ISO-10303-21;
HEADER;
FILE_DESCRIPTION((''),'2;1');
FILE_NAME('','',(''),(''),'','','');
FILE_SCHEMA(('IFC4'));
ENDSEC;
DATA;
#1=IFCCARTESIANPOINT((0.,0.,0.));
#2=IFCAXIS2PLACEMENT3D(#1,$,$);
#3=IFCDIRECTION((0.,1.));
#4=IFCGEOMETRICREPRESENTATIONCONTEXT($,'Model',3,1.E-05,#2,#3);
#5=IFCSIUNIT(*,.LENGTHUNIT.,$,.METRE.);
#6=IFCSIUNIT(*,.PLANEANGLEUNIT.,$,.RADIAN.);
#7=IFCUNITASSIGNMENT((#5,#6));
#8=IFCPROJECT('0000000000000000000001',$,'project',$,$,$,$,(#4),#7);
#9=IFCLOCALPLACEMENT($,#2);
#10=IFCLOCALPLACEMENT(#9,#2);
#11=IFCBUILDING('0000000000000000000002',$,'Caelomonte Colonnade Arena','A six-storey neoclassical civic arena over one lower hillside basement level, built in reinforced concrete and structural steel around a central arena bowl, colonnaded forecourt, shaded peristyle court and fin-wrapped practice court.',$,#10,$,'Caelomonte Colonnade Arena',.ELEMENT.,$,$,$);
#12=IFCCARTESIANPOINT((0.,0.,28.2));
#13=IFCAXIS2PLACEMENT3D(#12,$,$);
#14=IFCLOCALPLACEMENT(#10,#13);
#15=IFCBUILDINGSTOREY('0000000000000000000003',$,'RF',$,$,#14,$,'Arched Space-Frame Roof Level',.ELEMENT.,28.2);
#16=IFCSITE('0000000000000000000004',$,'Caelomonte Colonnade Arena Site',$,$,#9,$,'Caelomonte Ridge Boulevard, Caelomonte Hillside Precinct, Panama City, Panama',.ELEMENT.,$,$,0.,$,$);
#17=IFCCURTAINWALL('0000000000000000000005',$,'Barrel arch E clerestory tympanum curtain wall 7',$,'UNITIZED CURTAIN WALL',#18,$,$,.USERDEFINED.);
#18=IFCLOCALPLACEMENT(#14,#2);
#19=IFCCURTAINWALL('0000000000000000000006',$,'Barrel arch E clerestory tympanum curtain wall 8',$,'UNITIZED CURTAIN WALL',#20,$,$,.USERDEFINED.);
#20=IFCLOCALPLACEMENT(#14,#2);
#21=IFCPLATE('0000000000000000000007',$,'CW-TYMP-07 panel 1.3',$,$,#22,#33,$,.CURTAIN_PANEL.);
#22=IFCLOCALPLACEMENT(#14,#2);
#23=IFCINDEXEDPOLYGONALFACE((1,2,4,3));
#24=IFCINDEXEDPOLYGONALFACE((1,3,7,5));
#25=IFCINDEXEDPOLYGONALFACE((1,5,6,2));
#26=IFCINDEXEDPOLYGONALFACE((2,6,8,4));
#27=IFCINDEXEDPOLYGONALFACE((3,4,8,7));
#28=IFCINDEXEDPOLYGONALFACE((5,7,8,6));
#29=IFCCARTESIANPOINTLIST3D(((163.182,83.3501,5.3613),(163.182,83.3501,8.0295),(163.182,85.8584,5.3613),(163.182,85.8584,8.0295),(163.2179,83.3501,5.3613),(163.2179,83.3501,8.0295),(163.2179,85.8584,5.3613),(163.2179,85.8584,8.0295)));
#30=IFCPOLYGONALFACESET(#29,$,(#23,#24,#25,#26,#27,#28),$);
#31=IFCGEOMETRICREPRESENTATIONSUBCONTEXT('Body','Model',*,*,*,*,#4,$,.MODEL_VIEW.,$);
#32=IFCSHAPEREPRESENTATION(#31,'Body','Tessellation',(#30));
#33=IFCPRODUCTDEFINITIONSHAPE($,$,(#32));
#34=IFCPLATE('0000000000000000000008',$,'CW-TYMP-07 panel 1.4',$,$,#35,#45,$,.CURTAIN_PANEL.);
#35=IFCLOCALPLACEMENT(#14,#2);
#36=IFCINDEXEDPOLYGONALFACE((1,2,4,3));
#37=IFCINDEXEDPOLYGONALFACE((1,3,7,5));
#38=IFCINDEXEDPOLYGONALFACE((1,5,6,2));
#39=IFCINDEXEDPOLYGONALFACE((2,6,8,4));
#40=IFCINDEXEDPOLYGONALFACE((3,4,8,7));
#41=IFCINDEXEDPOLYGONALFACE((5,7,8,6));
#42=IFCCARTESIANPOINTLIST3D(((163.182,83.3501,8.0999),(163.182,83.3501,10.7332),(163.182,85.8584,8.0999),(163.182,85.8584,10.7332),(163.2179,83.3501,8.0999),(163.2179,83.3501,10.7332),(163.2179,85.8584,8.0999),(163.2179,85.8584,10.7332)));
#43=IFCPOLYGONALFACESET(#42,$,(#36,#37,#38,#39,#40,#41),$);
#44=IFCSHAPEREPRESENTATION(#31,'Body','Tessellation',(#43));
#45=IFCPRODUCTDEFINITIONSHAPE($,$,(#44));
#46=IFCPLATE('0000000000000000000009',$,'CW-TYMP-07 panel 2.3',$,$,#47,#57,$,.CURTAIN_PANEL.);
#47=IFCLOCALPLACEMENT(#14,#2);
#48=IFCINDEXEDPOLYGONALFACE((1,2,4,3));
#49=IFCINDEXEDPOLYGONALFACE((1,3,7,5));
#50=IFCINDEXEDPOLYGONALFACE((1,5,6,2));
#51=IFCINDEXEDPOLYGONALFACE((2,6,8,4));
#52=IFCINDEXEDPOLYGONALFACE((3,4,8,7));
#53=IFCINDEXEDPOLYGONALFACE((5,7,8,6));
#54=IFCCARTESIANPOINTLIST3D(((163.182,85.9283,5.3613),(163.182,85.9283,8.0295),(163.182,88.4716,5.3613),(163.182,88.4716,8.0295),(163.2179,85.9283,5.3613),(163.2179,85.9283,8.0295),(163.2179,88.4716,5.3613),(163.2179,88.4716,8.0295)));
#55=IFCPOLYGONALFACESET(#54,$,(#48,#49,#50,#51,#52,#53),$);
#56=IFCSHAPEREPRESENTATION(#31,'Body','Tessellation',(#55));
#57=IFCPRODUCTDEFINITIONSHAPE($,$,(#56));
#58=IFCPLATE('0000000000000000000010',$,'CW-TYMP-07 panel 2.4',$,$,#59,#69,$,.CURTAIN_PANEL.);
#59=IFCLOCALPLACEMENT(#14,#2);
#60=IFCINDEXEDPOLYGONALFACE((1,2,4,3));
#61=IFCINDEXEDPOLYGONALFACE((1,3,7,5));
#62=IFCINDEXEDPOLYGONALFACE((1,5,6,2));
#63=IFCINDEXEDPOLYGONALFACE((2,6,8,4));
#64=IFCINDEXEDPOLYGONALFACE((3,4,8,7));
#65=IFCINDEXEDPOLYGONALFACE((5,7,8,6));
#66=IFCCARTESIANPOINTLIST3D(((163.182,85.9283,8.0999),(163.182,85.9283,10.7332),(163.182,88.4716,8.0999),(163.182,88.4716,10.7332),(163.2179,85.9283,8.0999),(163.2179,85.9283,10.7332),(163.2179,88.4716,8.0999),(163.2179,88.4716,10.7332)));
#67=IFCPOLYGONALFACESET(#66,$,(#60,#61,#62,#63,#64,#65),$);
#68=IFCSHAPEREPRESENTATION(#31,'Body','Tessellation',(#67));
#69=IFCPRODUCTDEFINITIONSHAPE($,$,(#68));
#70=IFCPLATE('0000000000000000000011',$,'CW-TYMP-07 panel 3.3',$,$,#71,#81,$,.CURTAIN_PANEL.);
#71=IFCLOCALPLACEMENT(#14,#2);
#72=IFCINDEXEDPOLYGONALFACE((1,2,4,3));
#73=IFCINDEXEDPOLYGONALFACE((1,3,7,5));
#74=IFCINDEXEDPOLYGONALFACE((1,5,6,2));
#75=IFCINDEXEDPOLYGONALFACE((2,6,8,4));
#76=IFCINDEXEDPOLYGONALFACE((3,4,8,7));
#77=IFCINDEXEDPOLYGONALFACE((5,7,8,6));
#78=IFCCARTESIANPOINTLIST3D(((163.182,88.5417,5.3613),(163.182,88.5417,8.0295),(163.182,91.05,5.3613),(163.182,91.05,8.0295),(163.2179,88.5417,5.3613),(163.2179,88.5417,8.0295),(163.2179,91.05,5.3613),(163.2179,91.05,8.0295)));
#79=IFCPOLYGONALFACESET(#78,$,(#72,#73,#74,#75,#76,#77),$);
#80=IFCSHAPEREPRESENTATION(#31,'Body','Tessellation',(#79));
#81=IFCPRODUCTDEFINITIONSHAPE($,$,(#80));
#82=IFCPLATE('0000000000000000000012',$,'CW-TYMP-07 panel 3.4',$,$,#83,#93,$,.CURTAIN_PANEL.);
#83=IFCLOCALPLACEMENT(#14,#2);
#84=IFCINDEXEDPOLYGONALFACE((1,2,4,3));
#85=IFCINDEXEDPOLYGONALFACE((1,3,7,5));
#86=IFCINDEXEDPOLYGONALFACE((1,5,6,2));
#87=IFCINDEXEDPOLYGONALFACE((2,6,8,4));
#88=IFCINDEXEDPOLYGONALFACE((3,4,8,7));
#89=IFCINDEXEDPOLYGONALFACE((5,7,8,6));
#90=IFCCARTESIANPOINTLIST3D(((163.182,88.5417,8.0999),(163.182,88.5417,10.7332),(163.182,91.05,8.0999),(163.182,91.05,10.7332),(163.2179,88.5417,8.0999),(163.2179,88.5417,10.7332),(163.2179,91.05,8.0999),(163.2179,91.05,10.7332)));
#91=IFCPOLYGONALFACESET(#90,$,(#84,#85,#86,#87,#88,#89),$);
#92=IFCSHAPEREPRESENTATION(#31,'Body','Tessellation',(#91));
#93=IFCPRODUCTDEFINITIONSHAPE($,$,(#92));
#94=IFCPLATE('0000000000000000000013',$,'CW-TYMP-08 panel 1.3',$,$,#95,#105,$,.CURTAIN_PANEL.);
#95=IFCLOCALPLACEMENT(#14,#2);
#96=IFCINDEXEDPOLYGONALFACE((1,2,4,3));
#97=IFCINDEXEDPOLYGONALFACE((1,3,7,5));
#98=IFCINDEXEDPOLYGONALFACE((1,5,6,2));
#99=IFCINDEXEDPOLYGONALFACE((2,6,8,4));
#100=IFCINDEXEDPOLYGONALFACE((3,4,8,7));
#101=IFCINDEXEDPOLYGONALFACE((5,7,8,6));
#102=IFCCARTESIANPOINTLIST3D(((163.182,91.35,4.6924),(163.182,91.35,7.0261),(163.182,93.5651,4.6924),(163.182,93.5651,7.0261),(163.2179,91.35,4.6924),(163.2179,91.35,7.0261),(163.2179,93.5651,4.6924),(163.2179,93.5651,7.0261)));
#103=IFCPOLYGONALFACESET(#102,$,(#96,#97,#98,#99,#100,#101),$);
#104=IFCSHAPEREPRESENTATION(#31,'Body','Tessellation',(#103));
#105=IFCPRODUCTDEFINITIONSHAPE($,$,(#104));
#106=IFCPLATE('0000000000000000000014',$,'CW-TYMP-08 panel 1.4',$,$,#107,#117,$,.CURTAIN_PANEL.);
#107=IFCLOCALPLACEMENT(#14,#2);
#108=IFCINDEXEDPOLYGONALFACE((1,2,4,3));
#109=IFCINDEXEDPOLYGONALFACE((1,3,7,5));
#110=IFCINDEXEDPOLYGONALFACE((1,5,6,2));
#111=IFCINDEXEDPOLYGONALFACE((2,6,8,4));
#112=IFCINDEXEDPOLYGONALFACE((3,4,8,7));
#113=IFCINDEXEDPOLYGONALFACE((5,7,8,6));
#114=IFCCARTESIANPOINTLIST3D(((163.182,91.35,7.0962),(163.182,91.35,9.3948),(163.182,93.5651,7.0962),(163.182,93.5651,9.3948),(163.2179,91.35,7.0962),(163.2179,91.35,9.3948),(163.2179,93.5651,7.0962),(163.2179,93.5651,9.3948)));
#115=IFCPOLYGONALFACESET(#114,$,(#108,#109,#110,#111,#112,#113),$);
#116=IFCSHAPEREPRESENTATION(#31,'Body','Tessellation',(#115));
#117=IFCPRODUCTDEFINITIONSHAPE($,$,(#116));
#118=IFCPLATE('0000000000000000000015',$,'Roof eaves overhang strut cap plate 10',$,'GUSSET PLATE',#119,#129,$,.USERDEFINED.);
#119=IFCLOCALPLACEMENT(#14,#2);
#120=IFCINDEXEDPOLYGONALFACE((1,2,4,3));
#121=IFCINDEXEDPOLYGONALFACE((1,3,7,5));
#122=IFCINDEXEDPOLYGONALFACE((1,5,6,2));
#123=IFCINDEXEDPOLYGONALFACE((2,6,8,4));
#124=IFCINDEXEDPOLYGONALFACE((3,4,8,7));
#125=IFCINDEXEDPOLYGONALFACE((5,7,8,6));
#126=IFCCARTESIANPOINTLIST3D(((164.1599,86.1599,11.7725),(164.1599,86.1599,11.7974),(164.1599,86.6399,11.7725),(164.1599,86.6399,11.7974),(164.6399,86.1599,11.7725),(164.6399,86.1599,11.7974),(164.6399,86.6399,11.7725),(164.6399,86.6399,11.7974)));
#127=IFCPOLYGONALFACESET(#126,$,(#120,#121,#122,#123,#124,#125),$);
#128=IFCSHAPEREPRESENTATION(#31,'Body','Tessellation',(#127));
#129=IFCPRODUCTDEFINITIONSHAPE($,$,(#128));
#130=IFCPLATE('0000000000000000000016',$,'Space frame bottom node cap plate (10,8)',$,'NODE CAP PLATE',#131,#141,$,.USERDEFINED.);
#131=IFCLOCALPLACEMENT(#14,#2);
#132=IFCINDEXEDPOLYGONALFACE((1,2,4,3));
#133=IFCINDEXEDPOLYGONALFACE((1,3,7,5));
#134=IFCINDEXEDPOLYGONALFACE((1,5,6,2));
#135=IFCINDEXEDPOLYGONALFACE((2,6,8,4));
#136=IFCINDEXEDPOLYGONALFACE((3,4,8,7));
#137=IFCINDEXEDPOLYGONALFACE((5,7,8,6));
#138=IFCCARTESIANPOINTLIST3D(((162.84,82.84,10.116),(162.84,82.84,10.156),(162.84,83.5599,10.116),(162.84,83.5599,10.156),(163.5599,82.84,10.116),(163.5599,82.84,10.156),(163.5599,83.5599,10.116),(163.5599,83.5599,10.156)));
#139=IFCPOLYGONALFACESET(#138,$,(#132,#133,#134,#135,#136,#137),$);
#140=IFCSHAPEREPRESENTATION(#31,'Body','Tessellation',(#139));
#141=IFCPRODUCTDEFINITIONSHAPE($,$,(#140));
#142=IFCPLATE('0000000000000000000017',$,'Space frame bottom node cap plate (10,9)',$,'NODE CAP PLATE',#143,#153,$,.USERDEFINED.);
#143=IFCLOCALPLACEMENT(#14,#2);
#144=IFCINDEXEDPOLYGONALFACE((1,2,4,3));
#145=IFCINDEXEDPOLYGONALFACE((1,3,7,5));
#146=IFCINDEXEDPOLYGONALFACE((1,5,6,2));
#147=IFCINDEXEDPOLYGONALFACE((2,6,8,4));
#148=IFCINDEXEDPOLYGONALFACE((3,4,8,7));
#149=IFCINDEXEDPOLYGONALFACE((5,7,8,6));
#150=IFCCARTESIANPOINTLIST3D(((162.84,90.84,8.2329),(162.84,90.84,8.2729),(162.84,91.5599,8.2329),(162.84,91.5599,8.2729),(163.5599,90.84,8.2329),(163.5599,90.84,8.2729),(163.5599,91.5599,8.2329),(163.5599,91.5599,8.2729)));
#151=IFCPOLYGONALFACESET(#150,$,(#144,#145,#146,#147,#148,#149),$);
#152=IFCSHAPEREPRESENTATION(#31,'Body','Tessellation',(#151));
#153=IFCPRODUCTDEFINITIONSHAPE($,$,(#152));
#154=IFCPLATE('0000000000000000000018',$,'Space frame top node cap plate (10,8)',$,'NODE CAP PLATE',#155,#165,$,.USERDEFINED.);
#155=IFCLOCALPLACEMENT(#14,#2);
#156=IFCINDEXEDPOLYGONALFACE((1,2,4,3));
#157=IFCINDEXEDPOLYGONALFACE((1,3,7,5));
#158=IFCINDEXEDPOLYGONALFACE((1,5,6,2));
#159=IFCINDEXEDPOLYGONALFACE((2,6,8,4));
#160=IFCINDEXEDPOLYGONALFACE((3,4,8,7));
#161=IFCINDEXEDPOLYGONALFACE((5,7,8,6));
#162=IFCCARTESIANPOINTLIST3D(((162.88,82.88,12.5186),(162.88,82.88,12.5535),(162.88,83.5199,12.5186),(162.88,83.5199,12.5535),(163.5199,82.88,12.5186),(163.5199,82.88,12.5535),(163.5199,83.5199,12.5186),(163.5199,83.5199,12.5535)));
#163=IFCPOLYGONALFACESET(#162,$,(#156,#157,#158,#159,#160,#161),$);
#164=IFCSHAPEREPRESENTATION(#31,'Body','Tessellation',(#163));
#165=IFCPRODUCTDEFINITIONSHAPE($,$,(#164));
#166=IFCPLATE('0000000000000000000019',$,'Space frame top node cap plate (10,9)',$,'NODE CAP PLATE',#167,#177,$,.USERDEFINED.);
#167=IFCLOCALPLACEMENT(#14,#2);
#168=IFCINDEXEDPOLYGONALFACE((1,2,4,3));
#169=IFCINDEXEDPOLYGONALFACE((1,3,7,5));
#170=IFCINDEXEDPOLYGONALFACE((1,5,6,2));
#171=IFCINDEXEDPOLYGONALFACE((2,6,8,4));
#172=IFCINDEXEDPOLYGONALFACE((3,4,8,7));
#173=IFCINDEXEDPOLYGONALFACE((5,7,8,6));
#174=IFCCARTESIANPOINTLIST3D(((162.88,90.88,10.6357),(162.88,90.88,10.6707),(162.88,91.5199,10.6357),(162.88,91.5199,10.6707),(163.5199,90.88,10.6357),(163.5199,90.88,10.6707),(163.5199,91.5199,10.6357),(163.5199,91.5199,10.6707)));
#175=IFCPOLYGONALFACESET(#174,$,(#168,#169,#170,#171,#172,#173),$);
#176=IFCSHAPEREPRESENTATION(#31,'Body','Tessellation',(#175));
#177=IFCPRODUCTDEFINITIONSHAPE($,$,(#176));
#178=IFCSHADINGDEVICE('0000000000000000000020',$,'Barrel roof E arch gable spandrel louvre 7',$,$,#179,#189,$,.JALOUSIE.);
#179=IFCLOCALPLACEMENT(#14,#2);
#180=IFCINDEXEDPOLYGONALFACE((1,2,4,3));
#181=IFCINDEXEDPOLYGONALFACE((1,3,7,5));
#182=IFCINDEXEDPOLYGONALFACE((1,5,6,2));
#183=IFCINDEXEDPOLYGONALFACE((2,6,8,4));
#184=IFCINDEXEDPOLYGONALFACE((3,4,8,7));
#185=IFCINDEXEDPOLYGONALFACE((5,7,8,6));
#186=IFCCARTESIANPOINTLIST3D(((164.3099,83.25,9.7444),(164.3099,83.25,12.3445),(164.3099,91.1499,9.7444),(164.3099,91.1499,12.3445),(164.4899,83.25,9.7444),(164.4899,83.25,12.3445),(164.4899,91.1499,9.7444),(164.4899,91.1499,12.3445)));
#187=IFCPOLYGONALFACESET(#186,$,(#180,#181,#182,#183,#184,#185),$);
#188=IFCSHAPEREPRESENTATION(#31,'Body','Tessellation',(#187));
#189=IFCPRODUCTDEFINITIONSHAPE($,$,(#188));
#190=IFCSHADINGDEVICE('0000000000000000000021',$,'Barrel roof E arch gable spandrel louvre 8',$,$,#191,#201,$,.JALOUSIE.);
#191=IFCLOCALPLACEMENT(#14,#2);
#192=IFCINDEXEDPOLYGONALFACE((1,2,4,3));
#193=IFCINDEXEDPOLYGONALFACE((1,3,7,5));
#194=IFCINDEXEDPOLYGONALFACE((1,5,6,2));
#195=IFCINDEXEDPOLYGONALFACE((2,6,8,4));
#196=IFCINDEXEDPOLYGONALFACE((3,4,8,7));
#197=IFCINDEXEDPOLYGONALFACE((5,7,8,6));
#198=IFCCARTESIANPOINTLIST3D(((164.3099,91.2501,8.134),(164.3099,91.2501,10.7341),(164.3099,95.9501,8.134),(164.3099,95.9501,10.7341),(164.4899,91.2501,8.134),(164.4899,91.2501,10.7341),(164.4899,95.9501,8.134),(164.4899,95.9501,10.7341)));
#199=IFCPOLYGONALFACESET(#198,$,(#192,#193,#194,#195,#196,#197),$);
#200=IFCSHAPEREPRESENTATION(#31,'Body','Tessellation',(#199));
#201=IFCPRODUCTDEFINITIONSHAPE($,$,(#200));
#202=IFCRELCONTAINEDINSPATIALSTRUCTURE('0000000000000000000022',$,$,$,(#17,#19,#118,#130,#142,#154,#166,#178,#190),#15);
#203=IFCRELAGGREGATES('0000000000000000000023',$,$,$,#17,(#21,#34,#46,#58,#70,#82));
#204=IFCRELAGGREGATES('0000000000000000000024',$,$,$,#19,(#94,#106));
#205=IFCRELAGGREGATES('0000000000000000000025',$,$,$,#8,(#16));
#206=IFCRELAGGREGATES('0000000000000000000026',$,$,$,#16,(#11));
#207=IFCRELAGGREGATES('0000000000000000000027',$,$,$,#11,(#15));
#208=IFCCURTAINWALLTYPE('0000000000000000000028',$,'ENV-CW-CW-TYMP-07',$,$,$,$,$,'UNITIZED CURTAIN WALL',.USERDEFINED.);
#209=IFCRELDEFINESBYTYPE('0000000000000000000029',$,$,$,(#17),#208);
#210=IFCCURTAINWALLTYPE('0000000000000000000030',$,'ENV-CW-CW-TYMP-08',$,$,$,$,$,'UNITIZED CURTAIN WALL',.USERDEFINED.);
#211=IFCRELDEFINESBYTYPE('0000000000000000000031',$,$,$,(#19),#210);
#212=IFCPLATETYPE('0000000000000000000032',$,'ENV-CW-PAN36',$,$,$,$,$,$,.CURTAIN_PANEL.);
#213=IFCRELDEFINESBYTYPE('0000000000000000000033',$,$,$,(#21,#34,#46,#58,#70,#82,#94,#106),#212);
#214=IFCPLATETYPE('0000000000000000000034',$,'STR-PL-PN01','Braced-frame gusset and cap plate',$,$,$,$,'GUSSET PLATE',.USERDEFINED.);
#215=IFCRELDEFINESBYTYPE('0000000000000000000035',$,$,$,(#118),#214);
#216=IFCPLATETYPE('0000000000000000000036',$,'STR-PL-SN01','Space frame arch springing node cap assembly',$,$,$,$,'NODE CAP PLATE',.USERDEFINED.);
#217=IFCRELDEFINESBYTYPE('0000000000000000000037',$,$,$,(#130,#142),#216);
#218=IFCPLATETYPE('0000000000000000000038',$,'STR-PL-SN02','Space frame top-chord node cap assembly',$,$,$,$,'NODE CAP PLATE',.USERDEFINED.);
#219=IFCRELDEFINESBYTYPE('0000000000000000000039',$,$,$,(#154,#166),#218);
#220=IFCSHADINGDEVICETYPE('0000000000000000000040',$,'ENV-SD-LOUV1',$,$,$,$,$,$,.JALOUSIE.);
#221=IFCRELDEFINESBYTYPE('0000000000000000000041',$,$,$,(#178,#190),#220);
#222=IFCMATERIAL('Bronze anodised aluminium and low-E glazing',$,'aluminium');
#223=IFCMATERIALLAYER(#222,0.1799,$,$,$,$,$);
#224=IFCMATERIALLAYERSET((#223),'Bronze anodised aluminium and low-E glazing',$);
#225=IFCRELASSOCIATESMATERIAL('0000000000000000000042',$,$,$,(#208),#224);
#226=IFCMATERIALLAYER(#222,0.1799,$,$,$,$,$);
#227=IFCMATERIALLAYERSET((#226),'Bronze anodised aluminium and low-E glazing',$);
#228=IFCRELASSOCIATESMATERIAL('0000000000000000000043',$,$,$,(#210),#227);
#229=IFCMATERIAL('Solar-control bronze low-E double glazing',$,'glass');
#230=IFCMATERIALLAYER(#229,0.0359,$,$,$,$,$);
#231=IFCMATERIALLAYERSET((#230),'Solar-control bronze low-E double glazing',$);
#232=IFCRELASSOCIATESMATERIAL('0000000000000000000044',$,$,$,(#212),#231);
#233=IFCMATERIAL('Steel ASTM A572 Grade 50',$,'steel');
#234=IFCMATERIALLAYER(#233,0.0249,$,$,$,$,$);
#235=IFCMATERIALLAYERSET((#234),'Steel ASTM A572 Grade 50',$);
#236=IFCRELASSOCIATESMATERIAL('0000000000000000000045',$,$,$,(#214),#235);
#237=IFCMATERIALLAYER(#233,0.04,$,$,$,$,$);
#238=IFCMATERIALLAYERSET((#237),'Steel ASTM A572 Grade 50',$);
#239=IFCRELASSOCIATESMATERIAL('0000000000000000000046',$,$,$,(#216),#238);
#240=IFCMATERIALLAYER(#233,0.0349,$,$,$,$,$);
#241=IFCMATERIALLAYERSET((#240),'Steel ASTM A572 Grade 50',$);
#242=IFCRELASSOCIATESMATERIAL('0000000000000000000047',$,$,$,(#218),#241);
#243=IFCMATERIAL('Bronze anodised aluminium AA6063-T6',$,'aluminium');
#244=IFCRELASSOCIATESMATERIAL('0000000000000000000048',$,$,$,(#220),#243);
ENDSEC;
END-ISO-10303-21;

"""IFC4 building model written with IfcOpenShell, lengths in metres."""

from ifc_helpers import new_model, si_unit, direction, frame, origin, origin_2d, place, context, subcontext, project, spatial, rectangle, extrude, material, layer, layer_set, type_object, element, aggregate, save


model = new_model("IFC4")

# Units and contexts
model_context = context("Model", 3, precision=1e-05, world=origin(), true_north=direction((0.0, 1.0)))
body_context = subcontext(model_context, "Body", "Model", "MODEL_VIEW")
ifc_project = project(units=[si_unit("LENGTHUNIT", "METRE"), si_unit("PLANEANGLEUNIT", "RADIAN")], contexts=[model_context])

# Site, building, storey
site_placement = place(None, origin())
site = spatial("IfcSite", under=ifc_project, at=site_placement, Name="Caelomonte Colonnade Arena Site", LongName="Caelomonte Ridge Boulevard, Caelomonte Hillside Precinct, Panama City, Panama", CompositionType="ELEMENT", RefElevation=0.0)
building_placement = place(site_placement, origin())
building = spatial("IfcBuilding", under=site, at=building_placement, Name="Caelomonte Colonnade Arena", Description="A six-storey neoclassical civic arena over one lower hillside basement level, built in reinforced concrete and structural steel around a central arena bowl, colonnaded forecourt, shaded peristyle court and fin-wrapped practice court.", LongName="Caelomonte Colonnade Arena", CompositionType="ELEMENT")
storey_placement = place(building_placement, frame((0.0, 0.0, 28.2)))
storey = spatial("IfcBuildingStorey", under=building, at=storey_placement, Name="RF", LongName="Arched Space-Frame Roof Level", CompositionType="ELEMENT", Elevation=28.2)

# Curtain walls
ifc_material_1 = material(Name="Bronze anodised aluminium and low-E glazing", Category="aluminium")
ifc_layer_1 = layer(ifc_material_1, 0.1799)
ifc_layer_set_1 = layer_set([ifc_layer_1], Name="Bronze anodised aluminium and low-E glazing")
curtain_wall_type_1 = type_object("IfcCurtainWallType", Name="ENV-CW-CW-TYMP-07", ElementType="UNITIZED CURTAIN WALL", PredefinedType="USERDEFINED", material=ifc_layer_set_1)
curtain_wall_1_placement = place(storey_placement, origin())
curtain_wall_1 = element("IfcCurtainWall", 1, at=curtain_wall_1_placement, inside=storey, type_object=curtain_wall_type_1, Name="Barrel arch E clerestory tympanum curtain wall 7", ObjectType="UNITIZED CURTAIN WALL", PredefinedType="USERDEFINED")
ifc_material_2 = material(Name="Bronze anodised aluminium AA6063-T6", Category="aluminium")
ifc_layer_2 = layer(ifc_material_1, 0.1799)
ifc_layer_set_2 = layer_set([ifc_layer_2], Name="Bronze anodised aluminium and low-E glazing")
curtain_wall_type_2 = type_object("IfcCurtainWallType", Name="ENV-CW-CW-TYMP-08", ElementType="UNITIZED CURTAIN WALL", PredefinedType="USERDEFINED", material=ifc_layer_set_2)
curtain_wall_2_placement = place(storey_placement, origin())
curtain_wall_2 = element("IfcCurtainWall", 2, at=curtain_wall_2_placement, inside=storey, type_object=curtain_wall_type_2, Name="Barrel arch E clerestory tympanum curtain wall 8", ObjectType="UNITIZED CURTAIN WALL", PredefinedType="USERDEFINED")

# Shared definitions
ifc_material_3 = material(Name="Solar-control bronze low-E double glazing", Category="glass")
ifc_layer_3 = layer(ifc_material_3, 0.0359)
ifc_layer_set_3 = layer_set([ifc_layer_3], Name="Solar-control bronze low-E double glazing")
plate_type_1 = type_object("IfcPlateType", Name="ENV-CW-PAN36", PredefinedType="CURTAIN_PANEL", material=ifc_layer_set_3)

# Plates
plate_1_placement = place(storey_placement, frame((163.2, 84.6042, 5.3613), z_axis=(0.0, 0.0, 1.0), x_axis=(0.0, 1.0, 0.0)))
plate_1 = element("IfcPlate", 3, at=plate_1_placement, type_object=plate_type_1, Name="CW-TYMP-07 panel 1.3", PredefinedType="CURTAIN_PANEL", context=body_context, shape_type="SweptSolid", body=[
    extrude(rectangle(XDim=2.5083, YDim=0.0359, at=origin_2d()), origin(), (0.0, 0.0, 1.0), 2.6682),
])
plate_2_placement = place(storey_placement, frame((163.2, 84.6042, 8.0999), z_axis=(0.0, 0.0, 1.0), x_axis=(0.0, 1.0, 0.0)))
plate_2 = element("IfcPlate", 4, at=plate_2_placement, type_object=plate_type_1, Name="CW-TYMP-07 panel 1.4", PredefinedType="CURTAIN_PANEL", context=body_context, shape_type="SweptSolid", body=[
    extrude(rectangle(XDim=2.5083, YDim=0.0359, at=origin_2d()), origin(), (0.0, 0.0, 1.0), 2.6333),
])
plate_3_placement = place(storey_placement, frame((163.2, 87.2, 5.3613), z_axis=(0.0, 0.0, 1.0), x_axis=(0.0, 1.0, 0.0)))
plate_3 = element("IfcPlate", 5, at=plate_3_placement, type_object=plate_type_1, Name="CW-TYMP-07 panel 2.3", PredefinedType="CURTAIN_PANEL", context=body_context, shape_type="SweptSolid", body=[
    extrude(rectangle(XDim=2.5432, YDim=0.0359, at=origin_2d()), origin(), (0.0, 0.0, 1.0), 2.6682),
])
plate_4_placement = place(storey_placement, frame((163.2, 87.2, 8.0999), z_axis=(0.0, 0.0, 1.0), x_axis=(0.0, 1.0, 0.0)))
plate_4 = element("IfcPlate", 6, at=plate_4_placement, type_object=plate_type_1, Name="CW-TYMP-07 panel 2.4", PredefinedType="CURTAIN_PANEL", context=body_context, shape_type="SweptSolid", body=[
    extrude(rectangle(XDim=2.5432, YDim=0.0359, at=origin_2d()), origin(), (0.0, 0.0, 1.0), 2.6333),
])
plate_5_placement = place(storey_placement, frame((163.2, 89.7959, 5.3613), z_axis=(0.0, 0.0, 1.0), x_axis=(0.0, 1.0, 0.0)))
plate_5 = element("IfcPlate", 7, at=plate_5_placement, type_object=plate_type_1, Name="CW-TYMP-07 panel 3.3", PredefinedType="CURTAIN_PANEL", context=body_context, shape_type="SweptSolid", body=[
    extrude(rectangle(XDim=2.5083, YDim=0.0359, at=origin_2d()), origin(), (0.0, 0.0, 1.0), 2.6682),
])
plate_6_placement = place(storey_placement, frame((163.2, 89.7959, 8.0999), z_axis=(0.0, 0.0, 1.0), x_axis=(0.0, 1.0, 0.0)))
plate_6 = element("IfcPlate", 8, at=plate_6_placement, type_object=plate_type_1, Name="CW-TYMP-07 panel 3.4", PredefinedType="CURTAIN_PANEL", context=body_context, shape_type="SweptSolid", body=[
    extrude(rectangle(XDim=2.5083, YDim=0.0359, at=origin_2d()), origin(), (0.0, 0.0, 1.0), 2.6333),
])
aggregate(curtain_wall_1, [plate_1, plate_2, plate_3, plate_4, plate_5, plate_6])
plate_7_placement = place(storey_placement, frame((163.2, 92.4575, 4.6924), z_axis=(0.0, 0.0, 1.0), x_axis=(0.0, 1.0, 0.0)))
plate_7 = element("IfcPlate", 9, at=plate_7_placement, type_object=plate_type_1, Name="CW-TYMP-08 panel 1.3", PredefinedType="CURTAIN_PANEL", context=body_context, shape_type="SweptSolid", body=[
    extrude(rectangle(XDim=2.2151, YDim=0.0359, at=origin_2d()), origin(), (0.0, 0.0, 1.0), 2.3337),
])
plate_8_placement = place(storey_placement, frame((163.2, 92.4575, 7.0962), z_axis=(0.0, 0.0, 1.0), x_axis=(0.0, 1.0, 0.0)))
plate_8 = element("IfcPlate", 10, at=plate_8_placement, type_object=plate_type_1, Name="CW-TYMP-08 panel 1.4", PredefinedType="CURTAIN_PANEL", context=body_context, shape_type="SweptSolid", body=[
    extrude(rectangle(XDim=2.2151, YDim=0.0359, at=origin_2d()), origin(), (0.0, 0.0, 1.0), 2.2986),
])
aggregate(curtain_wall_2, [plate_7, plate_8])

# Plates
ifc_material_4 = material(Name="Steel ASTM A572 Grade 50", Category="steel")
ifc_layer_4 = layer(ifc_material_4, 0.0249)
ifc_layer_set_4 = layer_set([ifc_layer_4], Name="Steel ASTM A572 Grade 50")
plate_type_2 = type_object("IfcPlateType", Name="STR-PL-PN01", Description="Braced-frame gusset and cap plate", ElementType="GUSSET PLATE", PredefinedType="USERDEFINED", material=ifc_layer_set_4)
plate_9_placement = place(storey_placement, frame((164.3999, 86.3999, 11.7725), z_axis=(0.0, 0.0, 1.0), x_axis=(1.0, 0.0, 0.0)))
element("IfcPlate", 11, at=plate_9_placement, inside=storey, type_object=plate_type_2, Name="Roof eaves overhang strut cap plate 10", ObjectType="GUSSET PLATE", PredefinedType="USERDEFINED", context=body_context, shape_type="SweptSolid", body=[
    extrude(rectangle(XDim=0.48, YDim=0.48, at=origin_2d()), origin(), (0.0, 0.0, 1.0), 0.0249),
])
ifc_layer_5 = layer(ifc_material_4, 0.04)
ifc_layer_set_5 = layer_set([ifc_layer_5], Name="Steel ASTM A572 Grade 50")
plate_type_3 = type_object("IfcPlateType", Name="STR-PL-SN01", Description="Space frame arch springing node cap assembly", ElementType="NODE CAP PLATE", PredefinedType="USERDEFINED", material=ifc_layer_set_5)
for number, where, z_axis, x_axis, name in (
    (12, (163.2, 83.2, 10.116), (0.0, 0.0, 1.0), (1.0, 0.0, 0.0), "Space frame bottom node cap plate (10,8)"),
    (13, (163.2, 91.2, 8.2329), (0.0, 0.0, 1.0), (1.0, 0.0, 0.0), "Space frame bottom node cap plate (10,9)"),
):
    element("IfcPlate", number, at=place(storey_placement, frame(where, z_axis=z_axis, x_axis=x_axis)), inside=storey, type_object=plate_type_3, Name=name, ObjectType="NODE CAP PLATE", PredefinedType="USERDEFINED", context=body_context, shape_type="SweptSolid", body=[
        extrude(rectangle(XDim=0.72, YDim=0.72, at=origin_2d()), origin(), (0.0, 0.0, 1.0), 0.04),
    ])
ifc_layer_6 = layer(ifc_material_4, 0.0349)
ifc_layer_set_6 = layer_set([ifc_layer_6], Name="Steel ASTM A572 Grade 50")
plate_type_4 = type_object("IfcPlateType", Name="STR-PL-SN02", Description="Space frame top-chord node cap assembly", ElementType="NODE CAP PLATE", PredefinedType="USERDEFINED", material=ifc_layer_set_6)
for number, where, z_axis, x_axis, name in (
    (14, (163.2, 83.2, 12.5186), (0.0, 0.0, 1.0), (1.0, 0.0, 0.0), "Space frame top node cap plate (10,8)"),
    (15, (163.2, 91.2, 10.6357), (0.0, 0.0, 1.0), (1.0, 0.0, 0.0), "Space frame top node cap plate (10,9)"),
):
    element("IfcPlate", number, at=place(storey_placement, frame(where, z_axis=z_axis, x_axis=x_axis)), inside=storey, type_object=plate_type_4, Name=name, ObjectType="NODE CAP PLATE", PredefinedType="USERDEFINED", context=body_context, shape_type="SweptSolid", body=[
        extrude(rectangle(XDim=0.6399, YDim=0.6399, at=origin_2d()), origin(), (0.0, 0.0, 1.0), 0.0349),
    ])

# Shading devices
shading_device_type = type_object("IfcShadingDeviceType", Name="ENV-SD-LOUV1", PredefinedType="JALOUSIE", material=ifc_material_2)
shading_device_1_placement = place(storey_placement, frame((164.3999, 87.2, 9.7444), z_axis=(0.0, 0.0, 1.0), x_axis=(1.0, 0.0, 0.0)))
element("IfcShadingDevice", 16, at=shading_device_1_placement, inside=storey, type_object=shading_device_type, Name="Barrel roof E arch gable spandrel louvre 7", PredefinedType="JALOUSIE", context=body_context, shape_type="SweptSolid", body=[
    extrude(rectangle(XDim=0.1799, YDim=7.8999, at=origin_2d()), origin(), (0.0, 0.0, 1.0), 2.6001),
])
shading_device_2_placement = place(storey_placement, frame((164.3999, 93.6001, 8.134), z_axis=(0.0, 0.0, 1.0), x_axis=(1.0, 0.0, 0.0)))
element("IfcShadingDevice", 17, at=shading_device_2_placement, inside=storey, type_object=shading_device_type, Name="Barrel roof E arch gable spandrel louvre 8", PredefinedType="JALOUSIE", context=body_context, shape_type="SweptSolid", body=[
    extrude(rectangle(XDim=0.1799, YDim=4.7, at=origin_2d()), origin(), (0.0, 0.0, 1.0), 2.6001),
])

save(model, "model.ifc")
